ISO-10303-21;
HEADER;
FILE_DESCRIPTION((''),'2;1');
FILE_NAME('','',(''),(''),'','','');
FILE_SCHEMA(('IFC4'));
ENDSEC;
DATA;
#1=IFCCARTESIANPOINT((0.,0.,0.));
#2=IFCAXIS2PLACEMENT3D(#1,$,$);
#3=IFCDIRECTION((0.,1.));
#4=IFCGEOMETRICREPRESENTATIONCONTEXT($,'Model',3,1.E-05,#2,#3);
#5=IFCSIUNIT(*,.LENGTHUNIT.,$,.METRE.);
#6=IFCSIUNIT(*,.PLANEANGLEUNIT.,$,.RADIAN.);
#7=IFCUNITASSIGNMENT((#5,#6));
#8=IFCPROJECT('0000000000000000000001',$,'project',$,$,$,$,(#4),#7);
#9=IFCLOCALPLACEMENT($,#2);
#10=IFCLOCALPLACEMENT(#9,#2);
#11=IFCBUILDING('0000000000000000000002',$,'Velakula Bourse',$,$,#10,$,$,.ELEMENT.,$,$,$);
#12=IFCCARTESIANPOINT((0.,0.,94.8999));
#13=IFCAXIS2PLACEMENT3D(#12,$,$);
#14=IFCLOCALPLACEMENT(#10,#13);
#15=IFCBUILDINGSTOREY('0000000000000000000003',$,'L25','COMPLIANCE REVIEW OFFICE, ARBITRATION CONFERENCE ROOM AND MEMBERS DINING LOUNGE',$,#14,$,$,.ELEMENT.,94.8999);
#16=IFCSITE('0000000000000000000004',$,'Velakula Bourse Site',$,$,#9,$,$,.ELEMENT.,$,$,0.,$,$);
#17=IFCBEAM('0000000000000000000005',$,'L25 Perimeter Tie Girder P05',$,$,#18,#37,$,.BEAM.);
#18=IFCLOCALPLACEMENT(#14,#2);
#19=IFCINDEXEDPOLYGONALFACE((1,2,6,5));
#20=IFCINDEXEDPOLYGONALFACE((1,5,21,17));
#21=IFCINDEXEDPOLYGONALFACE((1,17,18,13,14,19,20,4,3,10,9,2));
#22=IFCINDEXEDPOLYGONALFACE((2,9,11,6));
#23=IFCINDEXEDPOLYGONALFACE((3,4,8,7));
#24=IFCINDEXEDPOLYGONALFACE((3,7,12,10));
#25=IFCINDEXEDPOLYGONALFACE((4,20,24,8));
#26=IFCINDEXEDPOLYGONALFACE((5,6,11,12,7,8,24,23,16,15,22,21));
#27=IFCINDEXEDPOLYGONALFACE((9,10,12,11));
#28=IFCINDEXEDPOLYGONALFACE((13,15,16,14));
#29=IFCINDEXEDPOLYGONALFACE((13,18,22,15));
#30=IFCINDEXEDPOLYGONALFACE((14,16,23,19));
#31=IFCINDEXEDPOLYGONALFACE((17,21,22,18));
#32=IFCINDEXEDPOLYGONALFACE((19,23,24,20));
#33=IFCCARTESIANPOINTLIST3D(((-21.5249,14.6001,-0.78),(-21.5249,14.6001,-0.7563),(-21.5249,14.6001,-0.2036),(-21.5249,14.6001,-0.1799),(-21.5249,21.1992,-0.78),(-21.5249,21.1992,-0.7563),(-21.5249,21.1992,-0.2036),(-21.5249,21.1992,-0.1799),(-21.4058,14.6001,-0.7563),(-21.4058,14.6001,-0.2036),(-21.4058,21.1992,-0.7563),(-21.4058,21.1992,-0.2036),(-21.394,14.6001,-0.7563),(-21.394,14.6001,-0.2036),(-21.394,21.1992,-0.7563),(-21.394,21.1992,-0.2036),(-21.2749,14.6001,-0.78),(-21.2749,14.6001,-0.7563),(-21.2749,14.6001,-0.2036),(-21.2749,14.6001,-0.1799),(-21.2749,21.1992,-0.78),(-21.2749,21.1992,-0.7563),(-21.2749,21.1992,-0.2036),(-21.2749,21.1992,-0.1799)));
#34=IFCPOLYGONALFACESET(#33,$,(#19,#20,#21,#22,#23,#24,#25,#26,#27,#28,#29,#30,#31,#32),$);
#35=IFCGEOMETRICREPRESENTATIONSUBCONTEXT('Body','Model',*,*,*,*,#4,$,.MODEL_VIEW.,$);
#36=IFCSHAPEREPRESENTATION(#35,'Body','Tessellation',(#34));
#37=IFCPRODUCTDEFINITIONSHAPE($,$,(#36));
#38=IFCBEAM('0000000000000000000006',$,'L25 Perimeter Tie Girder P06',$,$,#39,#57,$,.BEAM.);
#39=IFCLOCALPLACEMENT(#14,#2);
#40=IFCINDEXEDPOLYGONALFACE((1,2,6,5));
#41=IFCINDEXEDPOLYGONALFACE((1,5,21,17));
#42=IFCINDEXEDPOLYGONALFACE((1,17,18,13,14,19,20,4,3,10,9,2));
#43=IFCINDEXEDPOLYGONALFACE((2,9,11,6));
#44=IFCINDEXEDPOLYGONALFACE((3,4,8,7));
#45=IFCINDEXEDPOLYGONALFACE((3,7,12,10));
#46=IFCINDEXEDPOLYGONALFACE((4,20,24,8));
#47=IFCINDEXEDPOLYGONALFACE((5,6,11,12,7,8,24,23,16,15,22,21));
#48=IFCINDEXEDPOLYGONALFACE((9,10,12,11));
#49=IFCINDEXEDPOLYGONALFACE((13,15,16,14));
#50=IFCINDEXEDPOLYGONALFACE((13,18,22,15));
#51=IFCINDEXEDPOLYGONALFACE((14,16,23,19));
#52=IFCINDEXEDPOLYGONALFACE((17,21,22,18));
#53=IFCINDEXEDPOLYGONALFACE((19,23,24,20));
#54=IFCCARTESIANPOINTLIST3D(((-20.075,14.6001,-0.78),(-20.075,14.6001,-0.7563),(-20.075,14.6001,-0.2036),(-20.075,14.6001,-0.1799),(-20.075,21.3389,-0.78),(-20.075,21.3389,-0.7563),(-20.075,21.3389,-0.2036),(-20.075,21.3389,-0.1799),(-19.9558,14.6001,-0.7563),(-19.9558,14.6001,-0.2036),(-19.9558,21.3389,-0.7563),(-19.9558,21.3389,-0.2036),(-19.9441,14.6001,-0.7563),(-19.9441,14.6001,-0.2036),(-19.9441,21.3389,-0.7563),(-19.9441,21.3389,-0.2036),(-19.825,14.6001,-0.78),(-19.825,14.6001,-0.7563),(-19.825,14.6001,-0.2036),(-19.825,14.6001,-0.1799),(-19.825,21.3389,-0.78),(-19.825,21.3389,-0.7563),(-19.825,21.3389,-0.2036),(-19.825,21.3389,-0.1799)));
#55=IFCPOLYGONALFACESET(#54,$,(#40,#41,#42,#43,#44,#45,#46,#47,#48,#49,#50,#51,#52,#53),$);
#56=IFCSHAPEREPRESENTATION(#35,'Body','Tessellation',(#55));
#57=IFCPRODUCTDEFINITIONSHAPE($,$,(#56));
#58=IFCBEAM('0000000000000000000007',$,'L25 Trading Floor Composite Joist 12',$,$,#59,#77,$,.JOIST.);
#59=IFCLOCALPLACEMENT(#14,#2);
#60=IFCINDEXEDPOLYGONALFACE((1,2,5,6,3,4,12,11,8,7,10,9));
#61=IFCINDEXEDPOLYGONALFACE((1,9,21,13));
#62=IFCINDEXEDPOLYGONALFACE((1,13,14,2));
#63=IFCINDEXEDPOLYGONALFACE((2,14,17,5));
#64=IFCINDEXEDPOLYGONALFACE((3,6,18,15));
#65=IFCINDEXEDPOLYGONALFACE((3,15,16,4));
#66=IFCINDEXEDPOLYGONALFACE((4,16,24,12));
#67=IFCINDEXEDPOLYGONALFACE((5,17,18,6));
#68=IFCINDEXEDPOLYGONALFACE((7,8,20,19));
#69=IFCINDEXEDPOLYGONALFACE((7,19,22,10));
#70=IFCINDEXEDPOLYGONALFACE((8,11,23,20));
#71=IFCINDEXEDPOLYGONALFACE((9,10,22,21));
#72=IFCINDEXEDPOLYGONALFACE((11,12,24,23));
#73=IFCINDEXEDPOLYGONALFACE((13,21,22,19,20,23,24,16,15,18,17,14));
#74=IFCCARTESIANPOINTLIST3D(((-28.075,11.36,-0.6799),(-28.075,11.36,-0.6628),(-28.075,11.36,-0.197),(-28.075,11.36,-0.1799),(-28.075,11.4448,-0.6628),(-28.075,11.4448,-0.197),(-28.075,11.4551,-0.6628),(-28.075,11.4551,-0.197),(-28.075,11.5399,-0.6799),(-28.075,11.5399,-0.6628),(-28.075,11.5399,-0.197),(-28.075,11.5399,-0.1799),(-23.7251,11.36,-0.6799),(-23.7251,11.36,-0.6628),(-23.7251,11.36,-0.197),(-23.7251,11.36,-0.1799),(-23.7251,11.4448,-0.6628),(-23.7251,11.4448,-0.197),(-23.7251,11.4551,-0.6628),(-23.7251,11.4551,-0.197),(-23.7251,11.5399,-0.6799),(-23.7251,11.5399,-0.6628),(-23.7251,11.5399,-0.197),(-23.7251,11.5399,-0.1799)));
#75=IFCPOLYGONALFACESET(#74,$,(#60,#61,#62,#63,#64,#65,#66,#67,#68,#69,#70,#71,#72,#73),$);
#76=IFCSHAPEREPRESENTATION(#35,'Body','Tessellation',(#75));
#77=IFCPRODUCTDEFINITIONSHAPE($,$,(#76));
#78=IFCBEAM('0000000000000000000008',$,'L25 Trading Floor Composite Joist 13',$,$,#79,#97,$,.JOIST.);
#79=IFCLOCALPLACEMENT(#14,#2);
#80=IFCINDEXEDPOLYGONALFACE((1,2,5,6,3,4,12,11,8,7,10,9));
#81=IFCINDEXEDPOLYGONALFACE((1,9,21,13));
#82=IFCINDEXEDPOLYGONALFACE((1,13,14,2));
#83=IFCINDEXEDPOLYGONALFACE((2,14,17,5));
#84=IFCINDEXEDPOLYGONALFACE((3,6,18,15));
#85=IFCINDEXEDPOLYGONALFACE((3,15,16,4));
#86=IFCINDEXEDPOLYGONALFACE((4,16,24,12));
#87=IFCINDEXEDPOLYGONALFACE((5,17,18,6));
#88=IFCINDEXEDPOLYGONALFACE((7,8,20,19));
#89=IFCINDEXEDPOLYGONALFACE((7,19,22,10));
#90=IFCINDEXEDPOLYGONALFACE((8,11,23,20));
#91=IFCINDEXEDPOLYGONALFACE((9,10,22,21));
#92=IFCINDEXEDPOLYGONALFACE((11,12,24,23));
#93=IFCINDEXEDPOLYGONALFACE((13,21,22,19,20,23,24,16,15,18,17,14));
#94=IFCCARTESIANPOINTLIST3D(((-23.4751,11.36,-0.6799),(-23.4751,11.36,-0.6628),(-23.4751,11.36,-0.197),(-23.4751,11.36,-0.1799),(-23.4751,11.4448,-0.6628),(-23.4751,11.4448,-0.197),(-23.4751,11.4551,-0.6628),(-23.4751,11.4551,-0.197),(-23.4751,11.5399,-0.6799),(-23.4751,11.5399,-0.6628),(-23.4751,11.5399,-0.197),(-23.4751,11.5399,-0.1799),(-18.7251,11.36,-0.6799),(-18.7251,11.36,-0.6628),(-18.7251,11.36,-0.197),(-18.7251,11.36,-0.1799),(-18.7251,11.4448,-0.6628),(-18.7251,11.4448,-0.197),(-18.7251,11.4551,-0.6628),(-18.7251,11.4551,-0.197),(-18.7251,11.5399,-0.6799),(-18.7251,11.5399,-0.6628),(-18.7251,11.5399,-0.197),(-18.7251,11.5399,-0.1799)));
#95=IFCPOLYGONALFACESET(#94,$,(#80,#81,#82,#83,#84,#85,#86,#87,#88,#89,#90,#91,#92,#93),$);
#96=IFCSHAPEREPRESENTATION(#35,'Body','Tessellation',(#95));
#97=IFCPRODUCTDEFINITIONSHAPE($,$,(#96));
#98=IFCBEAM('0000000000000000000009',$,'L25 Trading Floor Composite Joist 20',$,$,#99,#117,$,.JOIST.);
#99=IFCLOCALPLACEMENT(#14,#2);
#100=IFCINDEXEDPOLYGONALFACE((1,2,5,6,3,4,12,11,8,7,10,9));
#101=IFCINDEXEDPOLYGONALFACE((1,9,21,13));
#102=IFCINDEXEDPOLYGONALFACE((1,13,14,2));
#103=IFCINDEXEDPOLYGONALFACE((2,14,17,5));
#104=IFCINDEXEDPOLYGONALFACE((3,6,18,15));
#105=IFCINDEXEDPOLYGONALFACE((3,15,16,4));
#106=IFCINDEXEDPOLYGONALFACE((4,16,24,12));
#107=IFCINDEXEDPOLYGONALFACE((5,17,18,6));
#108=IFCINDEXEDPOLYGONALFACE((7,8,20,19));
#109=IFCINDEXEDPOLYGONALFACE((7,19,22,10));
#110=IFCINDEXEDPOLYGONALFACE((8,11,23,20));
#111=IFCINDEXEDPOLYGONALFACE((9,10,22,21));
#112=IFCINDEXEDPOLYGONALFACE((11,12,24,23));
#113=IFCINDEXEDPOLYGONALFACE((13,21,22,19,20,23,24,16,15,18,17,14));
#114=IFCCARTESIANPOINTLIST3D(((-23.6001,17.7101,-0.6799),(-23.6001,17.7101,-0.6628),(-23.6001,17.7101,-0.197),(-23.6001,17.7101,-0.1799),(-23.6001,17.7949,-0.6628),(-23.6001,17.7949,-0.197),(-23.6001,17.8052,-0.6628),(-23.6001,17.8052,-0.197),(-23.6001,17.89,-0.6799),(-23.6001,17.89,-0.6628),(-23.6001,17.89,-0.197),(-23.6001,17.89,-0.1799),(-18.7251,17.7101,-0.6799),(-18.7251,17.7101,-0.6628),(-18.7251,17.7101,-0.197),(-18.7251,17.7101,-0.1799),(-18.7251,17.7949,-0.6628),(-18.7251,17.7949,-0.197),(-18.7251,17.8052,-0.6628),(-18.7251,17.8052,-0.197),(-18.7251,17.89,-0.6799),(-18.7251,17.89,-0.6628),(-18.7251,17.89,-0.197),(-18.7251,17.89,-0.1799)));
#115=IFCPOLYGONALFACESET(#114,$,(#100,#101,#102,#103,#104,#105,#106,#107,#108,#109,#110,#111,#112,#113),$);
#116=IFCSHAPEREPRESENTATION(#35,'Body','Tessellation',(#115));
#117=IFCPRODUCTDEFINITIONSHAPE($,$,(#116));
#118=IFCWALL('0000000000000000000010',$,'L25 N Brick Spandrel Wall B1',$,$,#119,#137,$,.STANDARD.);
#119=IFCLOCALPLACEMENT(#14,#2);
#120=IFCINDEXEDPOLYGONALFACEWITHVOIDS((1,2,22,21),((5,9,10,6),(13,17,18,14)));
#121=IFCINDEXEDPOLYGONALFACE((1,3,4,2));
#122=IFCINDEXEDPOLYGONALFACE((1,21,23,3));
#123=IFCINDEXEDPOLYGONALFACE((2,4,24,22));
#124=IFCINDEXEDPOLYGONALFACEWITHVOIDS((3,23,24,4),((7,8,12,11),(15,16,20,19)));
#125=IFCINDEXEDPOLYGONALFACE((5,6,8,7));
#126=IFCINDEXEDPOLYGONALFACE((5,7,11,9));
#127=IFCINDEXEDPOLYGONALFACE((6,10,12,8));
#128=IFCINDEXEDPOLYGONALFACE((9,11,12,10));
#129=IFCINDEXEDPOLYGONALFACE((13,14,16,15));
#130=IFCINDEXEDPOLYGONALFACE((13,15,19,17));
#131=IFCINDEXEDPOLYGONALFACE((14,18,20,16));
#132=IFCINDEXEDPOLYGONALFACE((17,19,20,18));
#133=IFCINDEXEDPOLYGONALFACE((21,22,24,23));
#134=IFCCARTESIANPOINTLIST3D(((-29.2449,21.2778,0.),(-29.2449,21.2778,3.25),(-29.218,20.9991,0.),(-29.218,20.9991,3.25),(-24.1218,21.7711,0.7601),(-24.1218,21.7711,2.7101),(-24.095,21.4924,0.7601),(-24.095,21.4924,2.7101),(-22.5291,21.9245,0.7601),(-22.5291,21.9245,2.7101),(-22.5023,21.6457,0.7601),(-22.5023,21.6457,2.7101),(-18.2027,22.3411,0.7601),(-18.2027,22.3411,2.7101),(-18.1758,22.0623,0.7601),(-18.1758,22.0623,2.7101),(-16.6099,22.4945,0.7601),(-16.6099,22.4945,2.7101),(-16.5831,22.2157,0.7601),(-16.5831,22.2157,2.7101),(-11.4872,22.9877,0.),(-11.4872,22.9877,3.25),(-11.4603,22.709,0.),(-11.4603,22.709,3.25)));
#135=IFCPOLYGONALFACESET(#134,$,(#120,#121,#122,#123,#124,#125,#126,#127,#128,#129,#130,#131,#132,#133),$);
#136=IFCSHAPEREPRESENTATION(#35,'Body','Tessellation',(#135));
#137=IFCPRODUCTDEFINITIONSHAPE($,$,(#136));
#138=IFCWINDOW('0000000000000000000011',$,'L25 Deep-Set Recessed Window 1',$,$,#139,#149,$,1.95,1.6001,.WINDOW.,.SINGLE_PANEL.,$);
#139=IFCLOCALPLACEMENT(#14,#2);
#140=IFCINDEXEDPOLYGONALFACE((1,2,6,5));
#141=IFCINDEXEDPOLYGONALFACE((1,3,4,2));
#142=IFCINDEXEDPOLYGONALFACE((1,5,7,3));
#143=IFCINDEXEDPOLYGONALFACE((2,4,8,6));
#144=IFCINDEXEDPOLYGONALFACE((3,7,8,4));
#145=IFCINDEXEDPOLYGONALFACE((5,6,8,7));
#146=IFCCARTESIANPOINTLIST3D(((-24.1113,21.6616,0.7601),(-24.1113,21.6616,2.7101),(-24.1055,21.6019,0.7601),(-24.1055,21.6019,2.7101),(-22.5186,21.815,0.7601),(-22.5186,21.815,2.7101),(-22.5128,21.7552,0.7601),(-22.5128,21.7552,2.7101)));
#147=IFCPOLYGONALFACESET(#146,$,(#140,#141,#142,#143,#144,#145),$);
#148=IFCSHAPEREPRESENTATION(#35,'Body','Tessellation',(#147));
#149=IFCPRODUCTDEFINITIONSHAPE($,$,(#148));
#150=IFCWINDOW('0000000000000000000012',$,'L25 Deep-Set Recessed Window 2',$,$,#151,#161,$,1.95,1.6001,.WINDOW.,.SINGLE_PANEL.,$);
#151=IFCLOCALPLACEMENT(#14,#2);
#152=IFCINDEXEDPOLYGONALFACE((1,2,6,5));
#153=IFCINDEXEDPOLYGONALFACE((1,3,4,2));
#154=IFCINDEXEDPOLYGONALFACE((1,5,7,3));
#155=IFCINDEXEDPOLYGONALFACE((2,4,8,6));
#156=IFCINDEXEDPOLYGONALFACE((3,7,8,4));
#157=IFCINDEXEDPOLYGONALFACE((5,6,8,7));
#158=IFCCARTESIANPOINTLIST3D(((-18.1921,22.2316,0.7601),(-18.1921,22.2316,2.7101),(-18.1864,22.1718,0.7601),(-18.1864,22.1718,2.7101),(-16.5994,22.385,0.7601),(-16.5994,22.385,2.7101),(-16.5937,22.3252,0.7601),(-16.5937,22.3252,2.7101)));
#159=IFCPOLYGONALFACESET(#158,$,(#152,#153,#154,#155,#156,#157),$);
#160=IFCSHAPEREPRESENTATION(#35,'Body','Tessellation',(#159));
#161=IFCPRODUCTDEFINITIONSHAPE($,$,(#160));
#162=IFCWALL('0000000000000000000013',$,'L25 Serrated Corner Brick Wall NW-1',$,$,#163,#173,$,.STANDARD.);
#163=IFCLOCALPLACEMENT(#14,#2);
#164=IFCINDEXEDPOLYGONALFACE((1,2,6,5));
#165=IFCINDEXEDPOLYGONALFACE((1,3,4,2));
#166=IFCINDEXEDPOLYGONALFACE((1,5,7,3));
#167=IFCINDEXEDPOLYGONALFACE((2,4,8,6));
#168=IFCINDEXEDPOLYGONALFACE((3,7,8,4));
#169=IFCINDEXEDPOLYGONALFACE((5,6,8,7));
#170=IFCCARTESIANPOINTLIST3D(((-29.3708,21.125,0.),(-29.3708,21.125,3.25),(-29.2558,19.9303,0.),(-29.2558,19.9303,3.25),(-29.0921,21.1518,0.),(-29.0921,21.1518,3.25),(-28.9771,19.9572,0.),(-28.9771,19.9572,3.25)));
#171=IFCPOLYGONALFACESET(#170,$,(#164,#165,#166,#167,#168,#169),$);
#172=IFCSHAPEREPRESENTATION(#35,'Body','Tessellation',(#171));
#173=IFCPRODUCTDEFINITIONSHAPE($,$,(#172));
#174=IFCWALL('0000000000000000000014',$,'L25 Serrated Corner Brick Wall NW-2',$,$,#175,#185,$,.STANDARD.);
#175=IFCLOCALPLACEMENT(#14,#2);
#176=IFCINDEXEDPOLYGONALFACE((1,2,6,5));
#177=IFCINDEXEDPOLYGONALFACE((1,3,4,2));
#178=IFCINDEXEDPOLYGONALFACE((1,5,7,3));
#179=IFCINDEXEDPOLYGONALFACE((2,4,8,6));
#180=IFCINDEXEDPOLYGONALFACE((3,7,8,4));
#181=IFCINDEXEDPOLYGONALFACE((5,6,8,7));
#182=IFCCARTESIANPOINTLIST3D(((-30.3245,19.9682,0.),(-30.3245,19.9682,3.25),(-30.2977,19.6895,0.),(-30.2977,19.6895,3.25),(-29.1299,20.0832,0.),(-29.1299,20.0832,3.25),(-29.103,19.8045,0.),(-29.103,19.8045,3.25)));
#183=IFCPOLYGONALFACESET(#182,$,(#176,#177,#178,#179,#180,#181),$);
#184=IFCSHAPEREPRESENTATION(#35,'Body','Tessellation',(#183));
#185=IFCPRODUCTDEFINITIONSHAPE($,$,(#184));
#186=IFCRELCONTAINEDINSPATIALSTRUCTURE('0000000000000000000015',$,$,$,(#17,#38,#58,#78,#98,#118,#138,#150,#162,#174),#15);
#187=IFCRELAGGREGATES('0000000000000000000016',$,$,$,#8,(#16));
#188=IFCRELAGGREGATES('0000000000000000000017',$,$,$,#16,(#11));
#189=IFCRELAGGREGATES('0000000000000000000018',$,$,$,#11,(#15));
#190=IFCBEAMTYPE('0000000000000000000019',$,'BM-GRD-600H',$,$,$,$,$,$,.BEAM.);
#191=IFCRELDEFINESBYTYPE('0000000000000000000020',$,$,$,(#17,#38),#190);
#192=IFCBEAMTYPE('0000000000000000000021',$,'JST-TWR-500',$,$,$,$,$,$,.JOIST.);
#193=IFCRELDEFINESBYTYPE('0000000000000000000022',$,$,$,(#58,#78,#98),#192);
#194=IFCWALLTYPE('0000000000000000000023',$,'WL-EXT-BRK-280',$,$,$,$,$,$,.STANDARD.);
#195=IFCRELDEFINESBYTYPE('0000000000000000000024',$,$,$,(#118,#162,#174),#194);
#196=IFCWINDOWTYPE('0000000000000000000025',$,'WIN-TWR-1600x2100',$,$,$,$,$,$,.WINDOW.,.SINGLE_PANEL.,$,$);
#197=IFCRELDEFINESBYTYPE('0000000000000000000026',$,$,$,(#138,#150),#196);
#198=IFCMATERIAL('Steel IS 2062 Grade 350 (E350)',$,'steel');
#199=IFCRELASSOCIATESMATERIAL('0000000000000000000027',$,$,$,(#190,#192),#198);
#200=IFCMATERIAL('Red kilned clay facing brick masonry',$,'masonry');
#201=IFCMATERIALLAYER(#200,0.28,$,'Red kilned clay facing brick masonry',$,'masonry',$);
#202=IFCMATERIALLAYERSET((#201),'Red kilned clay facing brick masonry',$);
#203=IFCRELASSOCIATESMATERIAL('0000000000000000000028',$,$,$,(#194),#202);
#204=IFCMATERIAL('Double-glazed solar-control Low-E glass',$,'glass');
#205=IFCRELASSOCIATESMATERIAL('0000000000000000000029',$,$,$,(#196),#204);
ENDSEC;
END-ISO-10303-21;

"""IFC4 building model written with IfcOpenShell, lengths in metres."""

from ifc_helpers import new_model, si_unit, direction, frame, frame_2d, origin, origin_2d, place, context, subcontext, project, spatial, rectangle, i_section, extrude, material, layer, layer_set, material_profile, profile_set, type_object, element, fill, save


model = new_model("IFC4")

# Units and contexts
model_context = context("Model", 3, precision=1e-05, world=origin(), true_north=direction((0.0, 1.0)))
body_context = subcontext(model_context, "Body", "Model", "MODEL_VIEW")
ifc_project = project(units=[si_unit("LENGTHUNIT", "METRE"), si_unit("PLANEANGLEUNIT", "RADIAN")], contexts=[model_context])

# Site, building, storey
site_placement = place(None, origin())
site = spatial("IfcSite", under=ifc_project, at=site_placement, Name="Velakula Bourse Site", CompositionType="ELEMENT", RefElevation=0.0)
building_placement = place(site_placement, origin())
building = spatial("IfcBuilding", under=site, at=building_placement, Name="Velakula Bourse", CompositionType="ELEMENT")
storey_placement = place(building_placement, frame((0.0, 0.0, 94.8999)))
storey = spatial("IfcBuildingStorey", under=building, at=storey_placement, Name="L25", Description="COMPLIANCE REVIEW OFFICE, ARBITRATION CONFERENCE ROOM AND MEMBERS DINING LOUNGE", CompositionType="ELEMENT", Elevation=94.8999)

# Beams
ifc_material_1 = material(Name="Steel IS 2062 Grade 350 (E350)", Category="steel")
ifc_material_profile_1 = material_profile(ifc_material_1, i_section(OverallWidth=0.25, OverallDepth=0.6001, WebThickness=0.0117, FlangeThickness=0.0237, at=origin_2d()), Name="Steel IS 2062 Grade 350 (E350)")
ifc_profile_set_1 = profile_set([ifc_material_profile_1], Name="Steel IS 2062 Grade 350 (E350)")
beam_type_1 = type_object("IfcBeamType", Name="BM-GRD-600H", PredefinedType="BEAM", material=ifc_profile_set_1)
beam_1_placement = place(storey_placement, frame((-21.3999, 14.6001, -0.48), z_axis=(0.0, 1.0, 0.0), x_axis=(-1.0, 0.0, 0.0)))
element("IfcBeam", 1, at=beam_1_placement, inside=storey, type_object=beam_type_1, Name="L25 Perimeter Tie Girder P05", PredefinedType="BEAM", context=body_context, shape_type="SweptSolid", body=[
    extrude(i_section(OverallWidth=0.25, OverallDepth=0.6001, WebThickness=0.0117, FlangeThickness=0.0237, at=origin_2d()), origin(), (0.0, 0.0, 1.0), 6.5991),
])
beam_2_placement = place(storey_placement, frame((-19.95, 14.6001, -0.48), z_axis=(0.0, 1.0, 0.0), x_axis=(-1.0, 0.0, 0.0)))
element("IfcBeam", 2, at=beam_2_placement, inside=storey, type_object=beam_type_1, Name="L25 Perimeter Tie Girder P06", PredefinedType="BEAM", context=body_context, shape_type="SweptSolid", body=[
    extrude(i_section(OverallWidth=0.25, OverallDepth=0.6001, WebThickness=0.0117, FlangeThickness=0.0237, at=origin_2d()), origin(), (0.0, 0.0, 1.0), 6.7388),
])
ifc_material_profile_2 = material_profile(ifc_material_1, i_section(OverallWidth=0.1799, OverallDepth=0.5, WebThickness=0.0103, FlangeThickness=0.0171, at=origin_2d()), Name="Steel IS 2062 Grade 350 (E350)")
ifc_profile_set_2 = profile_set([ifc_material_profile_2], Name="Steel IS 2062 Grade 350 (E350)")
beam_type_2 = type_object("IfcBeamType", Name="JST-TWR-500", PredefinedType="JOIST", material=ifc_profile_set_2)
beam_3_placement = place(storey_placement, frame((-28.075, 11.45, -0.4299), z_axis=(1.0, 0.0, 0.0), x_axis=(0.0, 1.0, 0.0)))
element("IfcBeam", 3, at=beam_3_placement, inside=storey, type_object=beam_type_2, Name="L25 Trading Floor Composite Joist 12", PredefinedType="JOIST", context=body_context, shape_type="SweptSolid", body=[
    extrude(i_section(OverallWidth=0.1799, OverallDepth=0.5, WebThickness=0.0103, FlangeThickness=0.0171, at=origin_2d()), origin(), (0.0, 0.0, 1.0), 4.3499),
])
beam_4_placement = place(storey_placement, frame((-23.4751, 11.45, -0.4299), z_axis=(1.0, 0.0, 0.0), x_axis=(0.0, 1.0, 0.0)))
element("IfcBeam", 4, at=beam_4_placement, inside=storey, type_object=beam_type_2, Name="L25 Trading Floor Composite Joist 13", PredefinedType="JOIST", context=body_context, shape_type="SweptSolid", body=[
    extrude(i_section(OverallWidth=0.1799, OverallDepth=0.5, WebThickness=0.0103, FlangeThickness=0.0171, at=origin_2d()), origin(), (0.0, 0.0, 1.0), 4.75),
])
beam_5_placement = place(storey_placement, frame((-23.6001, 17.8, -0.4299), z_axis=(1.0, 0.0, 0.0), x_axis=(0.0, 1.0, 0.0)))
element("IfcBeam", 5, at=beam_5_placement, inside=storey, type_object=beam_type_2, Name="L25 Trading Floor Composite Joist 20", PredefinedType="JOIST", context=body_context, shape_type="SweptSolid", body=[
    extrude(i_section(OverallWidth=0.1799, OverallDepth=0.5, WebThickness=0.0103, FlangeThickness=0.0171, at=origin_2d()), origin(), (0.0, 0.0, 1.0), 4.875),
])

# Wall, openings, windows
ifc_material_2 = material(Name="Red kilned clay facing brick masonry", Category="masonry")
ifc_layer_1 = layer(ifc_material_2, 0.28, Name="Red kilned clay facing brick masonry", Category="masonry")
ifc_layer_set_1 = layer_set([ifc_layer_1], Name="Red kilned clay facing brick masonry")
wall_type_1 = type_object("IfcWallType", Name="WL-EXT-BRK-280", PredefinedType="STANDARD", material=ifc_layer_set_1)
wall_1_placement = place(storey_placement, frame((-29.2314, 21.1384, 0.0), z_axis=(0.0, 0.0, 1.0), x_axis=(0.995396, 0.09585, 0.0)))
wall_1 = element("IfcWall", 6, at=wall_1_placement, inside=storey, type_object=wall_type_1, Name="L25 N Brick Spandrel Wall B1", PredefinedType="STANDARD", context=body_context, shape_type="SweptSolid", body=[
    extrude(rectangle(XDim=17.8398, YDim=0.28, at=frame_2d((8.9199, 0.0))), origin(), (0.0, 0.0, 1.0), 3.25),
])
opening_1_placement = place(wall_1_placement, frame((5.1467, 0.0, 0.76)))
opening_1 = element("IfcOpeningElement", 7, at=opening_1_placement, cuts=wall_1, PredefinedType="OPENING", context=body_context, shape_type="SweptSolid", body=[
    extrude(rectangle(XDim=1.6001, YDim=1.95, at=frame_2d((0.8, 0.9751))), frame((0.0, 0.1499, 0.0), z_axis=(0.0, -1.0, 0.0), x_axis=(1.0, 0.0, 0.0)), (0.0, 0.0, 1.0), 0.3),
])
opening_2_placement = place(wall_1_placement, frame((11.0933, 0.0, 0.76)))
opening_2 = element("IfcOpeningElement", 8, at=opening_2_placement, cuts=wall_1, PredefinedType="OPENING", context=body_context, shape_type="SweptSolid", body=[
    extrude(rectangle(XDim=1.6001, YDim=1.95, at=frame_2d((0.8, 0.9751))), frame((0.0, 0.1499, 0.0), z_axis=(0.0, -1.0, 0.0), x_axis=(1.0, 0.0, 0.0)), (0.0, 0.0, 1.0), 0.3),
])
ifc_material_3 = material(Name="Double-glazed solar-control Low-E glass", Category="glass")
window_type = type_object("IfcWindowType", Name="WIN-TWR-1600x2100", PartitioningType="SINGLE_PANEL", PredefinedType="WINDOW", material=ifc_material_3)
window_1_placement = place(opening_1_placement, origin())
window_1 = element("IfcWindow", 9, at=window_1_placement, inside=storey, type_object=window_type, Name="L25 Deep-Set Recessed Window 1", OverallHeight=1.95, OverallWidth=1.6001, PartitioningType="SINGLE_PANEL", PredefinedType="WINDOW", context=body_context, shape_type="SweptSolid", body=[
    extrude(rectangle(XDim=1.6001, YDim=1.95, at=frame_2d((0.8, 0.9751))), frame((0.0, 0.03, 0.0), z_axis=(0.0, -1.0, 0.0), x_axis=(1.0, 0.0, 0.0)), (0.0, 0.0, 1.0), 0.0601),
])
fill(opening_1, window_1)
window_2_placement = place(opening_2_placement, origin())
window_2 = element("IfcWindow", 10, at=window_2_placement, inside=storey, type_object=window_type, Name="L25 Deep-Set Recessed Window 2", OverallHeight=1.95, OverallWidth=1.6001, PartitioningType="SINGLE_PANEL", PredefinedType="WINDOW", context=body_context, shape_type="SweptSolid", body=[
    extrude(rectangle(XDim=1.6001, YDim=1.95, at=frame_2d((0.8, 0.9751))), frame((0.0, 0.03, 0.0), z_axis=(0.0, -1.0, 0.0), x_axis=(1.0, 0.0, 0.0)), (0.0, 0.0, 1.0), 0.0601),
])
fill(opening_2, window_2)

# Walls
for number, where, z_axis, x_axis, name in (
    (11, (-29.2314, 21.1384, 0.0), (0.0, 0.0, 1.0), (0.095817, -0.995399, 0.0), "L25 Serrated Corner Brick Wall NW-1"),
    (12, (-29.1165, 19.9438, 0.0), (0.0, 0.0, 1.0), (-0.995399, -0.095817, 0.0), "L25 Serrated Corner Brick Wall NW-2"),
):
    element("IfcWall", number, at=place(storey_placement, frame(where, z_axis=z_axis, x_axis=x_axis)), inside=storey, type_object=wall_type_1, Name=name, PredefinedType="STANDARD", context=body_context, shape_type="SweptSolid", body=[
        extrude(rectangle(XDim=1.2002, YDim=0.28, at=frame_2d((0.6001, 0.0))), origin(), (0.0, 0.0, 1.0), 3.25),
    ])

save(model, "model.ifc")
